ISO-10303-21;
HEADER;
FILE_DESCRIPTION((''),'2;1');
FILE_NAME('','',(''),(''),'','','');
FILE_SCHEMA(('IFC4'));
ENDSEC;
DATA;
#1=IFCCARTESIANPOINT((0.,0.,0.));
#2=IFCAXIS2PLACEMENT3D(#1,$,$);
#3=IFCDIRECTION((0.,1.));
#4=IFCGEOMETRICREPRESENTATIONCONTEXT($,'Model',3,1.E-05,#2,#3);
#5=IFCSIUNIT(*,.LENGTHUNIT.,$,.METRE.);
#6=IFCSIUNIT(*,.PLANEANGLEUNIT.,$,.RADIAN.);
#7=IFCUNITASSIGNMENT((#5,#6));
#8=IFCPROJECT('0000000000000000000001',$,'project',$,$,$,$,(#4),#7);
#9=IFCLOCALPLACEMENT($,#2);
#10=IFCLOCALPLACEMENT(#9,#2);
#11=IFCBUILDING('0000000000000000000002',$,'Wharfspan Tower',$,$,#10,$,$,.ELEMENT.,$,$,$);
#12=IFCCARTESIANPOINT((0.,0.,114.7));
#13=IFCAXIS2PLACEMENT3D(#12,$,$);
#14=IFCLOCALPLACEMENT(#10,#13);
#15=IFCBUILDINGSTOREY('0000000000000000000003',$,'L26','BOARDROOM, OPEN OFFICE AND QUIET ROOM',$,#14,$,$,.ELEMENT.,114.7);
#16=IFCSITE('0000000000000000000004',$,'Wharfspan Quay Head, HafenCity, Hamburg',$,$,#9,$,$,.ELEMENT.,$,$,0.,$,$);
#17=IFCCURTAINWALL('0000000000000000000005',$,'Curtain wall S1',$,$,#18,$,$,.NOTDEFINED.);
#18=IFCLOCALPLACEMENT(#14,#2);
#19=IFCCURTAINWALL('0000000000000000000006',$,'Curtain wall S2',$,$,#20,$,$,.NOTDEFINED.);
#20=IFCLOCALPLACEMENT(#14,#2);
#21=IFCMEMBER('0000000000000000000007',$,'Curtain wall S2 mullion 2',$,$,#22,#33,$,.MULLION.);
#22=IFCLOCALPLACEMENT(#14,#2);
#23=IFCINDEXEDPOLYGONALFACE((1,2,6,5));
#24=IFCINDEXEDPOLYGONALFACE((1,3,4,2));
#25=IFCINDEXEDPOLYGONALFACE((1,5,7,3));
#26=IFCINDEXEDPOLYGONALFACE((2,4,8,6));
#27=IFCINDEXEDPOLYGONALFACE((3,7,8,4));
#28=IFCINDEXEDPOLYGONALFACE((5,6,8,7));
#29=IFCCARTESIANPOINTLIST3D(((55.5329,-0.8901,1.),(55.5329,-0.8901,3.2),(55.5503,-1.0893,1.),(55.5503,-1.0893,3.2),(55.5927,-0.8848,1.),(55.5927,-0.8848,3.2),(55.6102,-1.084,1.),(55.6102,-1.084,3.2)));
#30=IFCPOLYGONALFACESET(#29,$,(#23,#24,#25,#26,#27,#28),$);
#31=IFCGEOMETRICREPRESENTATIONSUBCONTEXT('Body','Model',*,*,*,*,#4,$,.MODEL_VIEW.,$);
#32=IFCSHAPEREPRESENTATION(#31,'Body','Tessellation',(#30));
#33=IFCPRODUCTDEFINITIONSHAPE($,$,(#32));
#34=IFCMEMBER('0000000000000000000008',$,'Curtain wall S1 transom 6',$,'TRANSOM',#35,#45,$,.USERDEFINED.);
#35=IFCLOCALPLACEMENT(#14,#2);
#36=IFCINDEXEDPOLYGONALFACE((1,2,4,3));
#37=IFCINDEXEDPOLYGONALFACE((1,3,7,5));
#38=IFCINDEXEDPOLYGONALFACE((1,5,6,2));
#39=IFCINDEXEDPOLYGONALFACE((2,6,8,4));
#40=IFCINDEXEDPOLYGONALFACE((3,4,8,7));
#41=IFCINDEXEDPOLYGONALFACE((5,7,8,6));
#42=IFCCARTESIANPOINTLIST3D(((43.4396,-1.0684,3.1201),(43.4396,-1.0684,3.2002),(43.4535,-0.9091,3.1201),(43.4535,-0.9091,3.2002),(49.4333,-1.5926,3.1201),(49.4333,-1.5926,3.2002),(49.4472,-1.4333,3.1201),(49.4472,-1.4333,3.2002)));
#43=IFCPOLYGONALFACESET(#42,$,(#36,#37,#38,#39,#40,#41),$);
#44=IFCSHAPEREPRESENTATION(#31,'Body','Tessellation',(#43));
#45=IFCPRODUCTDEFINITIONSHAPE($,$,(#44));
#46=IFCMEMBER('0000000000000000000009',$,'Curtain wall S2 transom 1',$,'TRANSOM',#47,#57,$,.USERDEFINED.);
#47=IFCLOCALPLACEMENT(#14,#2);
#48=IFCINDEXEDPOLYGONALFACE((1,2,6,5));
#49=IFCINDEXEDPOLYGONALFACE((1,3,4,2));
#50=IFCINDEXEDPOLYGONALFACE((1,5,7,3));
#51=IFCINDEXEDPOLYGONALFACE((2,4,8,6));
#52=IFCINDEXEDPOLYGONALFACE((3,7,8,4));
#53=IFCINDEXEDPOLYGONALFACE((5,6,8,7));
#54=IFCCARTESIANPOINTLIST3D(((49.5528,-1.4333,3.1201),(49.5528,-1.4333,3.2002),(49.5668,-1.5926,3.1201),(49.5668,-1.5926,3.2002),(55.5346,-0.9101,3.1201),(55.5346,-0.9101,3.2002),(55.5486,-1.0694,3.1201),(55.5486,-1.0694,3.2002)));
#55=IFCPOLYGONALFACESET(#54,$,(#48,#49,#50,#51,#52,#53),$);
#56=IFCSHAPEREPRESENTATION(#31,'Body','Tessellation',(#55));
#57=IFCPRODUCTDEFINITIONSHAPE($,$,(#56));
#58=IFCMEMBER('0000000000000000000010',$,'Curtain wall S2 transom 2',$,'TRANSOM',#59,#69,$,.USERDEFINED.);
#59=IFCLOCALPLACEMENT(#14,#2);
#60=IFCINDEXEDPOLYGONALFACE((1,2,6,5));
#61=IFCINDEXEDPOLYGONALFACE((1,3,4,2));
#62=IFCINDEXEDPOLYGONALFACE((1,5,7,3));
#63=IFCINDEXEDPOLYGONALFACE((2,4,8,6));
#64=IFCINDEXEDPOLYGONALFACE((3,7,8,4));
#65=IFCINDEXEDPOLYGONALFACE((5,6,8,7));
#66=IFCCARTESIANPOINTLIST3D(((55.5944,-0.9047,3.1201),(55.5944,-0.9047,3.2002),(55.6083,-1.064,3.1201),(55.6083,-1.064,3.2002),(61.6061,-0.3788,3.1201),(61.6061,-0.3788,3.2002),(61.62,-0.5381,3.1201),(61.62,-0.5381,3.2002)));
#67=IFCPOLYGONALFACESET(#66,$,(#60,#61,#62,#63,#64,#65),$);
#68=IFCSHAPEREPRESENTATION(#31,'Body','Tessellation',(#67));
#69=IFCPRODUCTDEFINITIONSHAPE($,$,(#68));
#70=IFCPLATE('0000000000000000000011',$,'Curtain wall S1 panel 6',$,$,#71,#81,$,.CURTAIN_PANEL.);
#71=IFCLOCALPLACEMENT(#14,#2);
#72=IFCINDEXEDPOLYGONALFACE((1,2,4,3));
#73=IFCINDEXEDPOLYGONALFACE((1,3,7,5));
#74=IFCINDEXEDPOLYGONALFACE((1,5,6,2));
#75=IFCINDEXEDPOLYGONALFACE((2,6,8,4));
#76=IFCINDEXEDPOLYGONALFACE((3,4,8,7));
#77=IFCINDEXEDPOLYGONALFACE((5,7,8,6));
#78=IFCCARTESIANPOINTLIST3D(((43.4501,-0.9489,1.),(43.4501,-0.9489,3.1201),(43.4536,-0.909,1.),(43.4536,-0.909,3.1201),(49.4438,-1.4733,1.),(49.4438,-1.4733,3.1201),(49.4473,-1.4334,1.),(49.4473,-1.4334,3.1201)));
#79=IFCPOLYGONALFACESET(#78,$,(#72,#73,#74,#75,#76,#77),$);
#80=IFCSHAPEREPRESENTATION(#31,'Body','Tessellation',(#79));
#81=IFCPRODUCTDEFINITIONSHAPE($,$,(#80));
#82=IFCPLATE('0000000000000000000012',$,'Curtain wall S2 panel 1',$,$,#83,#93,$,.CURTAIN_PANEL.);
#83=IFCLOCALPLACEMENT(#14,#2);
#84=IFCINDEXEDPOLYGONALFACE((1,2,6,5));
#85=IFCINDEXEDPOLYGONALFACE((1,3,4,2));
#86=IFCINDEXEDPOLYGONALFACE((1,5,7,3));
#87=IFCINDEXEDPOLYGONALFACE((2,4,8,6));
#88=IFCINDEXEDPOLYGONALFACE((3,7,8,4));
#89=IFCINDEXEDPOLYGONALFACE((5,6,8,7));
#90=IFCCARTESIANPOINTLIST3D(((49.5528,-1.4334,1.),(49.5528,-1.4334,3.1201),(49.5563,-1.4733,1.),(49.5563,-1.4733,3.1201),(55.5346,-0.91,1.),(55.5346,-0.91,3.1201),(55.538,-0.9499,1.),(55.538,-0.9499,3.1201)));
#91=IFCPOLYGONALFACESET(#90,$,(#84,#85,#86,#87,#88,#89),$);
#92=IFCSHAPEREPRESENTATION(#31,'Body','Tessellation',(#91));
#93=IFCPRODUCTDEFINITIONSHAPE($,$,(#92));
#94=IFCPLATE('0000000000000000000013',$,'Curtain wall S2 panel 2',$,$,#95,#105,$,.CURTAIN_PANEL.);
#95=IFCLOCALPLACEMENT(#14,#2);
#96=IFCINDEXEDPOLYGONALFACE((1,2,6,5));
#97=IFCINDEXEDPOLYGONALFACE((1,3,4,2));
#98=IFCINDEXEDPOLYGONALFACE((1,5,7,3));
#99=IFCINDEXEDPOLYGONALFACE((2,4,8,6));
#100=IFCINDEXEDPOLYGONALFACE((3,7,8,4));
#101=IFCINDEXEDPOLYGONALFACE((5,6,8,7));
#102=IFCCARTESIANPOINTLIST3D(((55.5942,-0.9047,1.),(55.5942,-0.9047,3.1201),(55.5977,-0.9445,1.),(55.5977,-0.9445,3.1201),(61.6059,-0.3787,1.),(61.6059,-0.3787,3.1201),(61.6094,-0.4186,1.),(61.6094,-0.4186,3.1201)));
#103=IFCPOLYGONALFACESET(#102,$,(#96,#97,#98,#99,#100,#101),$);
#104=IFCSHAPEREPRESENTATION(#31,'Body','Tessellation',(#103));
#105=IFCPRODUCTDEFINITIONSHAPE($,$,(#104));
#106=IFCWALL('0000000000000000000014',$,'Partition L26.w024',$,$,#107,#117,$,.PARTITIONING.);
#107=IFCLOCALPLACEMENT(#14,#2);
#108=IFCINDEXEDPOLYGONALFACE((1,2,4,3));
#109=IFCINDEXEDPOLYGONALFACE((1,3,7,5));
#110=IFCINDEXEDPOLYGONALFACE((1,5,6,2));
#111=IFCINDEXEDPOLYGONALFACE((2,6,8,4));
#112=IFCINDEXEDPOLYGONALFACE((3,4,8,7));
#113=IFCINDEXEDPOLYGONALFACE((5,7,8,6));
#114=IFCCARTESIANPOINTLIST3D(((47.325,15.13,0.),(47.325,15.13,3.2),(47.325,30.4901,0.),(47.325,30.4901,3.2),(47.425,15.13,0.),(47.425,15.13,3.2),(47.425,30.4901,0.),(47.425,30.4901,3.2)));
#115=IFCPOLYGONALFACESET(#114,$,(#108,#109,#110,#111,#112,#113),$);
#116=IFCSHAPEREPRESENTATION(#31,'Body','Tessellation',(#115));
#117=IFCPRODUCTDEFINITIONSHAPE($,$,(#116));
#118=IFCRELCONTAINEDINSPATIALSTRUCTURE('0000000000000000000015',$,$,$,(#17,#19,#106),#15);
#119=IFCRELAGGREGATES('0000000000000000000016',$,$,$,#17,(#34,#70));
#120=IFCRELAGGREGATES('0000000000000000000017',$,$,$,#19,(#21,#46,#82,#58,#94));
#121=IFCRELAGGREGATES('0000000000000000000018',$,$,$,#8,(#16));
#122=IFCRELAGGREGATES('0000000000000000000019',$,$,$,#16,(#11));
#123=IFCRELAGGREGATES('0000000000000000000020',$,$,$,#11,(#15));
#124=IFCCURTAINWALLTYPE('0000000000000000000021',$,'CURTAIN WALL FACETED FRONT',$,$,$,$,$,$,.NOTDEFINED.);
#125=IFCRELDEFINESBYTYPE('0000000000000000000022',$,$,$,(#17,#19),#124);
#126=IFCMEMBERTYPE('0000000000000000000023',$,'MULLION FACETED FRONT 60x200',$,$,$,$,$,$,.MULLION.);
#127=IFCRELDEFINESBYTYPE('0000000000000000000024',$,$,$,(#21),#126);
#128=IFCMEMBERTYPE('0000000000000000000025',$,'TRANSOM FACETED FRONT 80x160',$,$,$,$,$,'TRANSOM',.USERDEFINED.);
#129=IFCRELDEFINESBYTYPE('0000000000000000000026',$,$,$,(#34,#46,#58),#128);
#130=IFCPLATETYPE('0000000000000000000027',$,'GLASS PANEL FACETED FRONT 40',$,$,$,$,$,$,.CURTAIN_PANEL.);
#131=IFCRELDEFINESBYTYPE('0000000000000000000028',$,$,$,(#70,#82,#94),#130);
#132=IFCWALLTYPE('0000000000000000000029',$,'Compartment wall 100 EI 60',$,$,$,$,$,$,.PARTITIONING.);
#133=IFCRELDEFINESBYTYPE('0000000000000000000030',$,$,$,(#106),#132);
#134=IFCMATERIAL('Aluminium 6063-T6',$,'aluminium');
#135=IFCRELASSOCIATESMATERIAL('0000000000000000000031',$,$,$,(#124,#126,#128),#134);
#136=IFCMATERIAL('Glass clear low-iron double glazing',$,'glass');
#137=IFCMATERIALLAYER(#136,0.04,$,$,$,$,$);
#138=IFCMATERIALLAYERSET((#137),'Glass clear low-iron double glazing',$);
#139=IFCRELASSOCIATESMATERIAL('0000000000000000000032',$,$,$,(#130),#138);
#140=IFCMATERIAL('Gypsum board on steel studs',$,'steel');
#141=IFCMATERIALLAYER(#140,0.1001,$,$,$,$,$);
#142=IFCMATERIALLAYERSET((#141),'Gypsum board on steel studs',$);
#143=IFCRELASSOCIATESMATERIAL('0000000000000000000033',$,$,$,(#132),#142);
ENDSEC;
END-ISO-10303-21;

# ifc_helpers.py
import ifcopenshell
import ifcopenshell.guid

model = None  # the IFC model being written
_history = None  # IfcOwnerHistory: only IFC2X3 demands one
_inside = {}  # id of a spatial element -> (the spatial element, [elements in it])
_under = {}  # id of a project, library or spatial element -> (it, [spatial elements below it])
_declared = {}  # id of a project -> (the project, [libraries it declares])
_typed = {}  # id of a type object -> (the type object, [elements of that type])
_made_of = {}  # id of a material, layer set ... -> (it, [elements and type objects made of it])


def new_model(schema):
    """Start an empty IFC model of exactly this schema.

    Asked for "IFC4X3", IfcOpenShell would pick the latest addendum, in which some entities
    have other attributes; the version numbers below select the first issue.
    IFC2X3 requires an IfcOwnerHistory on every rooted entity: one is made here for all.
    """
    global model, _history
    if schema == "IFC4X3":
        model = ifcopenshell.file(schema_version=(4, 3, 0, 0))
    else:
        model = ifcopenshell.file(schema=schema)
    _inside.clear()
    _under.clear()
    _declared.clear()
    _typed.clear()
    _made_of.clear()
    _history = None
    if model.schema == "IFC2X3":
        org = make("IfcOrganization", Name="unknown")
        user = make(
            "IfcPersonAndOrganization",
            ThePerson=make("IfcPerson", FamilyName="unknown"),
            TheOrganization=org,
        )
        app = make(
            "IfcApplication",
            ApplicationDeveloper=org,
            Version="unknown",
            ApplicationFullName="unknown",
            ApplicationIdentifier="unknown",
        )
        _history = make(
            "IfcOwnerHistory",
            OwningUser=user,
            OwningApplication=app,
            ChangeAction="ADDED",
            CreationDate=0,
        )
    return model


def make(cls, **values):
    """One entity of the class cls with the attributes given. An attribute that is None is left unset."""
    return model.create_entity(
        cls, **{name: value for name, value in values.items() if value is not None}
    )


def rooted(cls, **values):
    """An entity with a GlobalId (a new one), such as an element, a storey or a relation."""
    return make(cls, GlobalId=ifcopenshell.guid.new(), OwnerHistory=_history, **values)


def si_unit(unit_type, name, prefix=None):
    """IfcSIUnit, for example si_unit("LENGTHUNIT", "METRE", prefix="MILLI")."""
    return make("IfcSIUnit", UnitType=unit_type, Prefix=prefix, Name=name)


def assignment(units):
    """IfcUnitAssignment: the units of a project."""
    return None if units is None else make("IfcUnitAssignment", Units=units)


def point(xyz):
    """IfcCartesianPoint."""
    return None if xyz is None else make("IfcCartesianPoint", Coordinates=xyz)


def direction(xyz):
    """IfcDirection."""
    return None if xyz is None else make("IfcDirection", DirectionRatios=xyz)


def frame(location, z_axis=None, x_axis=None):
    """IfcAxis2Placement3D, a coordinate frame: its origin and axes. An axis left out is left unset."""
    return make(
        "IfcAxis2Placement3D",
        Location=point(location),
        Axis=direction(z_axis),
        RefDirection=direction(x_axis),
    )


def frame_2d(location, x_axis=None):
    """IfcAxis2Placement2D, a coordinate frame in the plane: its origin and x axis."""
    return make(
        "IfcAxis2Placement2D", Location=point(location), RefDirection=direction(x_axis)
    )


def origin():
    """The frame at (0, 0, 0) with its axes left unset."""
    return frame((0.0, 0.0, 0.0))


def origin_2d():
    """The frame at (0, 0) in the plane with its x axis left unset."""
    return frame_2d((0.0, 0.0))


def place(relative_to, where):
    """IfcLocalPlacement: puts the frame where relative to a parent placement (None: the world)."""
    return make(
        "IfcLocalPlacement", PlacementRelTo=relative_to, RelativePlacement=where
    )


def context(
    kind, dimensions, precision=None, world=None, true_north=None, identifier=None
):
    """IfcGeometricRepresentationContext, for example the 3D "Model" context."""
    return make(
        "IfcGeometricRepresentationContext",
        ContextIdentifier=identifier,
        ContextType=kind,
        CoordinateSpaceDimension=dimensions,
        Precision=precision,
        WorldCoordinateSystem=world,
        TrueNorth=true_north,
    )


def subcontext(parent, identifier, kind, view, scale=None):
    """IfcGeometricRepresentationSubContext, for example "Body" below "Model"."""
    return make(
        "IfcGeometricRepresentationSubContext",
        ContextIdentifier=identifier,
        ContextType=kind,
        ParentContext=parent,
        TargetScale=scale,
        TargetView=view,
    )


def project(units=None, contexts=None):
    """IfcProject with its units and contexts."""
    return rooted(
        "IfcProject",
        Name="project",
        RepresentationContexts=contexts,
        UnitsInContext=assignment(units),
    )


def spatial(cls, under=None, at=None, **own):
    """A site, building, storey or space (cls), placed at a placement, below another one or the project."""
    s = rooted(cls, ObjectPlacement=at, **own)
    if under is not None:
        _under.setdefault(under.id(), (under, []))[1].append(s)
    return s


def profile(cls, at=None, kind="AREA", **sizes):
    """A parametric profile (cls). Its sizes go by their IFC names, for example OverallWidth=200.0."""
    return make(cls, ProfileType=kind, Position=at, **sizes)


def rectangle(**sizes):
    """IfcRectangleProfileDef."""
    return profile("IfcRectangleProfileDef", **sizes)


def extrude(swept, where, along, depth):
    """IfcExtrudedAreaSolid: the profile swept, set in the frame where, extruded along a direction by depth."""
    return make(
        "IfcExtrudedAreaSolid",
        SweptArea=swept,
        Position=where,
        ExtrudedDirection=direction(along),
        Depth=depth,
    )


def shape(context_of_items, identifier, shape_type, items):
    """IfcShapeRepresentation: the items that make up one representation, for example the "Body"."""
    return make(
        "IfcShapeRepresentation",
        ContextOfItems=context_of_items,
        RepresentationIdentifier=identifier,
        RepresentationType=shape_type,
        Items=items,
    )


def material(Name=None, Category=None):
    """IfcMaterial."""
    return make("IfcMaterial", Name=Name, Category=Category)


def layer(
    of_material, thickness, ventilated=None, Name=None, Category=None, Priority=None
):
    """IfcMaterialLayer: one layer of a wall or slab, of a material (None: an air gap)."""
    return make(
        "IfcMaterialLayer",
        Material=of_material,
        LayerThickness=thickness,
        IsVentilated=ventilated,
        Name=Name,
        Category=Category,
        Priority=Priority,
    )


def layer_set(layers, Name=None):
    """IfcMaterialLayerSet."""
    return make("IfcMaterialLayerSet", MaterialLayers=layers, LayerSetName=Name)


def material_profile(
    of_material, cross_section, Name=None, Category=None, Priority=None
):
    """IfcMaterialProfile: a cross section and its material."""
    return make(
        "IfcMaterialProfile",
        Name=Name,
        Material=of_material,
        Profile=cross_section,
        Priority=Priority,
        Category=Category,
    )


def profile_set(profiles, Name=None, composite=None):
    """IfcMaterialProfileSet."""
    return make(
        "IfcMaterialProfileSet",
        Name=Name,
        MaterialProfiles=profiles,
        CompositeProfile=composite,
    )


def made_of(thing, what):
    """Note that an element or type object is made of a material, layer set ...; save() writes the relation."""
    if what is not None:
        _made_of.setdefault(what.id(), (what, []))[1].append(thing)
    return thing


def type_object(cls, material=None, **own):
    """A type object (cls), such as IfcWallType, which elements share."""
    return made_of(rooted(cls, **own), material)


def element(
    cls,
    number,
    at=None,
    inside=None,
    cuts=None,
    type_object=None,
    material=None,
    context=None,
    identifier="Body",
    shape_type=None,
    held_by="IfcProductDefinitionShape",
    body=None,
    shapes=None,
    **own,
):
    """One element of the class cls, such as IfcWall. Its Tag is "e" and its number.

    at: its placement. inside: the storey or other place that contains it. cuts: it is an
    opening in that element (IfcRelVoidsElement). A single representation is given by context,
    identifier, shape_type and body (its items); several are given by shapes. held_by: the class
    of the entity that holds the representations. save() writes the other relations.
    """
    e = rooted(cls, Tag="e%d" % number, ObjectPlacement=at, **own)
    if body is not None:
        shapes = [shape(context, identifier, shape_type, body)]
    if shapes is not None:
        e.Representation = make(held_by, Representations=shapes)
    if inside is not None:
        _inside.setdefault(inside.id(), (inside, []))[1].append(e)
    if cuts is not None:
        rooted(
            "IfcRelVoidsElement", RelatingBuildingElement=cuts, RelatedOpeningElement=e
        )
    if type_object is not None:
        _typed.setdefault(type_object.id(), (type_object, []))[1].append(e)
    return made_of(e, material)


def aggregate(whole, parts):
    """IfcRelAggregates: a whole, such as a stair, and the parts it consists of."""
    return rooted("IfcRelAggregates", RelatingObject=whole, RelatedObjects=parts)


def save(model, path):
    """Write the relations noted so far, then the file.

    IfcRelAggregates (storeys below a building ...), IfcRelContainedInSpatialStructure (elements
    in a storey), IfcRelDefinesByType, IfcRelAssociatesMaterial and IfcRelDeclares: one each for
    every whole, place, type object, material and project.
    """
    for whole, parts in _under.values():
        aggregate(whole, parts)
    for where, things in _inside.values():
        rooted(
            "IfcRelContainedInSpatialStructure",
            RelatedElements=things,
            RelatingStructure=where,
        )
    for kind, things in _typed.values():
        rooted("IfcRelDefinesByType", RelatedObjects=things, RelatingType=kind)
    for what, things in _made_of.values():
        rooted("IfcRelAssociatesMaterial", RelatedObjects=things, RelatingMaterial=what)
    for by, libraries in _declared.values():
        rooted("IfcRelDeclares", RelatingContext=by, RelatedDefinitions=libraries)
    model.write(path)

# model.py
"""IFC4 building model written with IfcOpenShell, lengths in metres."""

from ifc_helpers import new_model, si_unit, direction, frame, frame_2d, origin, origin_2d, place, context, subcontext, project, spatial, rectangle, extrude, material, layer, layer_set, material_profile, profile_set, type_object, element, aggregate, save


model = new_model("IFC4")

# Units and contexts
model_context = context("Model", 3, precision=1e-05, world=origin(), true_north=direction((0.0, 1.0)))
body_context = subcontext(model_context, "Body", "Model", "MODEL_VIEW")
ifc_project = project(units=[si_unit("LENGTHUNIT", "METRE"), si_unit("PLANEANGLEUNIT", "RADIAN")], contexts=[model_context])

# Site, building, storey
site_placement = place(None, origin())
site = spatial("IfcSite", under=ifc_project, at=site_placement, Name="Wharfspan Quay Head, HafenCity, Hamburg", CompositionType="ELEMENT", RefElevation=0.0)
building_placement = place(site_placement, origin())
building = spatial("IfcBuilding", under=site, at=building_placement, Name="Wharfspan Tower", CompositionType="ELEMENT")
storey_placement = place(building_placement, frame((0.0, 0.0, 114.7)))
storey = spatial("IfcBuildingStorey", under=building, at=storey_placement, Name="L26", Description="BOARDROOM, OPEN OFFICE AND QUIET ROOM", CompositionType="ELEMENT", Elevation=114.7)

# Curtain walls, member
ifc_material_1 = material(Name="Aluminium 6063-T6", Category="aluminium")
curtain_wall_type = type_object("IfcCurtainWallType", Name="CURTAIN WALL FACETED FRONT", PredefinedType="NOTDEFINED", material=ifc_material_1)
curtain_wall_1_placement = place(storey_placement, origin())
curtain_wall_1 = element("IfcCurtainWall", 1, at=curtain_wall_1_placement, inside=storey, type_object=curtain_wall_type, Name="Curtain wall S1", PredefinedType="NOTDEFINED")
ifc_material_profile_1 = material_profile(ifc_material_1, rectangle(XDim=0.2, YDim=0.0601, at=origin_2d()))
ifc_profile_set_1 = profile_set([ifc_material_profile_1], Name="Aluminium 6063-T6")
member_type_1 = type_object("IfcMemberType", Name="MULLION FACETED FRONT 60x200", PredefinedType="MULLION", material=ifc_profile_set_1)
curtain_wall_2_placement = place(storey_placement, origin())
curtain_wall_2 = element("IfcCurtainWall", 2, at=curtain_wall_2_placement, inside=storey, type_object=curtain_wall_type, Name="Curtain wall S2", PredefinedType="NOTDEFINED")
member_1_placement = place(storey_placement, frame((55.5715, -0.9871, 1.0), z_axis=(0.0, 0.0, 1.0), x_axis=(-0.087156, 0.996198, 0.0)))
member_1 = element("IfcMember", 3, at=member_1_placement, type_object=member_type_1, Name="Curtain wall S2 mullion 2", PredefinedType="MULLION", context=body_context, shape_type="SweptSolid", body=[
    extrude(rectangle(XDim=0.2, YDim=0.0601, at=origin_2d()), origin(), (0.0, 0.0, 1.0), 2.2),
])

# Members
ifc_material_profile_2 = material_profile(ifc_material_1, rectangle(XDim=0.1599, YDim=0.0801, at=origin_2d()))
ifc_profile_set_2 = profile_set([ifc_material_profile_2], Name="Aluminium 6063-T6")
member_type_2 = type_object("IfcMemberType", Name="TRANSOM FACETED FRONT 80x160", ElementType="TRANSOM", PredefinedType="USERDEFINED", material=ifc_profile_set_2)
member_2_placement = place(storey_placement, frame((43.4465, -0.9888, 3.1602), z_axis=(0.996198, -0.087122, 0.0), x_axis=(0.087122, 0.996198, 0.0)))
member_2 = element("IfcMember", 4, at=member_2_placement, type_object=member_type_2, Name="Curtain wall S1 transom 6", ObjectType="TRANSOM", PredefinedType="USERDEFINED", context=body_context, shape_type="SweptSolid", body=[
    extrude(rectangle(XDim=0.1599, YDim=0.0801, at=origin_2d()), origin(), (0.0, 0.0, 1.0), 6.0166),
])
member_3_placement = place(storey_placement, frame((49.5598, -1.5129, 3.1602), z_axis=(0.996197, 0.087133, 0.0), x_axis=(-0.087133, 0.996197, 0.0)))
member_3 = element("IfcMember", 5, at=member_3_placement, type_object=member_type_2, Name="Curtain wall S2 transom 1", ObjectType="TRANSOM", PredefinedType="USERDEFINED", context=body_context, shape_type="SweptSolid", body=[
    extrude(rectangle(XDim=0.1599, YDim=0.0801, at=origin_2d()), origin(), (0.0, 0.0, 1.0), 6.0046),
])
member_4_placement = place(storey_placement, frame((55.6013, -0.9844, 3.1602), z_axis=(0.996196, 0.087143, 0.0), x_axis=(-0.087143, 0.996196, 0.0)))
member_4 = element("IfcMember", 6, at=member_4_placement, type_object=member_type_2, Name="Curtain wall S2 transom 2", ObjectType="TRANSOM", PredefinedType="USERDEFINED", context=body_context, shape_type="SweptSolid", body=[
    extrude(rectangle(XDim=0.1599, YDim=0.0801, at=origin_2d()), origin(), (0.0, 0.0, 1.0), 6.0347),
])

# Plates
ifc_material_2 = material(Name="Glass clear low-iron double glazing", Category="glass")
ifc_layer_1 = layer(ifc_material_2, 0.04)
ifc_layer_set_1 = layer_set([ifc_layer_1], Name="Glass clear low-iron double glazing")
plate_type = type_object("IfcPlateType", Name="GLASS PANEL FACETED FRONT 40", PredefinedType="CURTAIN_PANEL", material=ifc_layer_set_1)
plate_1_placement = place(storey_placement, frame((46.4487, -1.1912, 1.0), z_axis=(0.0, 0.0, 1.0), x_axis=(0.996198, -0.087156, 0.0)))
plate_1 = element("IfcPlate", 7, at=plate_1_placement, type_object=plate_type, Name="Curtain wall S1 panel 6", PredefinedType="CURTAIN_PANEL", context=body_context, shape_type="SweptSolid", body=[
    extrude(rectangle(XDim=6.0166, YDim=0.04, at=origin_2d()), origin(), (0.0, 0.0, 1.0), 2.1201),
])
aggregate(curtain_wall_1, [member_2, plate_1])
plate_2_placement = place(storey_placement, frame((52.5454, -1.1917, 1.0), z_axis=(0.0, 0.0, 1.0), x_axis=(0.996198, 0.087156, 0.0)))
plate_2 = element("IfcPlate", 8, at=plate_2_placement, type_object=plate_type, Name="Curtain wall S2 panel 1", PredefinedType="CURTAIN_PANEL", context=body_context, shape_type="SweptSolid", body=[
    extrude(rectangle(XDim=6.0046, YDim=0.04, at=origin_2d()), origin(), (0.0, 0.0, 1.0), 2.1201),
])
plate_3_placement = place(storey_placement, frame((58.6018, -0.6616, 1.0), z_axis=(0.0, 0.0, 1.0), x_axis=(0.996198, 0.087156, 0.0)))
plate_3 = element("IfcPlate", 9, at=plate_3_placement, type_object=plate_type, Name="Curtain wall S2 panel 2", PredefinedType="CURTAIN_PANEL", context=body_context, shape_type="SweptSolid", body=[
    extrude(rectangle(XDim=6.0347, YDim=0.04, at=origin_2d()), origin(), (0.0, 0.0, 1.0), 2.1201),
])
aggregate(curtain_wall_2, [member_1, member_3, plate_2, member_4, plate_3])

# Wall
ifc_material_3 = material(Name="Gypsum board on steel studs", Category="steel")
ifc_layer_2 = layer(ifc_material_3, 0.1001)
ifc_layer_set_2 = layer_set([ifc_layer_2], Name="Gypsum board on steel studs")
wall_type_1 = type_object("IfcWallType", Name="Compartment wall 100 EI 60", PredefinedType="PARTITIONING", material=ifc_layer_set_2)
wall_1_placement = place(storey_placement, frame((47.375, 15.1299, 0.0), z_axis=(0.0, 0.0, 1.0), x_axis=(0.0, 1.0, 0.0)))
element("IfcWall", 10, at=wall_1_placement, inside=storey, type_object=wall_type_1, Name="Partition L26.w024", PredefinedType="PARTITIONING", context=body_context, shape_type="SweptSolid", body=[
    extrude(rectangle(XDim=15.3601, YDim=0.1001, at=frame_2d((7.6802, 0.0))), origin(), (0.0, 0.0, 1.0), 3.2),
])

save(model, "model.ifc")
